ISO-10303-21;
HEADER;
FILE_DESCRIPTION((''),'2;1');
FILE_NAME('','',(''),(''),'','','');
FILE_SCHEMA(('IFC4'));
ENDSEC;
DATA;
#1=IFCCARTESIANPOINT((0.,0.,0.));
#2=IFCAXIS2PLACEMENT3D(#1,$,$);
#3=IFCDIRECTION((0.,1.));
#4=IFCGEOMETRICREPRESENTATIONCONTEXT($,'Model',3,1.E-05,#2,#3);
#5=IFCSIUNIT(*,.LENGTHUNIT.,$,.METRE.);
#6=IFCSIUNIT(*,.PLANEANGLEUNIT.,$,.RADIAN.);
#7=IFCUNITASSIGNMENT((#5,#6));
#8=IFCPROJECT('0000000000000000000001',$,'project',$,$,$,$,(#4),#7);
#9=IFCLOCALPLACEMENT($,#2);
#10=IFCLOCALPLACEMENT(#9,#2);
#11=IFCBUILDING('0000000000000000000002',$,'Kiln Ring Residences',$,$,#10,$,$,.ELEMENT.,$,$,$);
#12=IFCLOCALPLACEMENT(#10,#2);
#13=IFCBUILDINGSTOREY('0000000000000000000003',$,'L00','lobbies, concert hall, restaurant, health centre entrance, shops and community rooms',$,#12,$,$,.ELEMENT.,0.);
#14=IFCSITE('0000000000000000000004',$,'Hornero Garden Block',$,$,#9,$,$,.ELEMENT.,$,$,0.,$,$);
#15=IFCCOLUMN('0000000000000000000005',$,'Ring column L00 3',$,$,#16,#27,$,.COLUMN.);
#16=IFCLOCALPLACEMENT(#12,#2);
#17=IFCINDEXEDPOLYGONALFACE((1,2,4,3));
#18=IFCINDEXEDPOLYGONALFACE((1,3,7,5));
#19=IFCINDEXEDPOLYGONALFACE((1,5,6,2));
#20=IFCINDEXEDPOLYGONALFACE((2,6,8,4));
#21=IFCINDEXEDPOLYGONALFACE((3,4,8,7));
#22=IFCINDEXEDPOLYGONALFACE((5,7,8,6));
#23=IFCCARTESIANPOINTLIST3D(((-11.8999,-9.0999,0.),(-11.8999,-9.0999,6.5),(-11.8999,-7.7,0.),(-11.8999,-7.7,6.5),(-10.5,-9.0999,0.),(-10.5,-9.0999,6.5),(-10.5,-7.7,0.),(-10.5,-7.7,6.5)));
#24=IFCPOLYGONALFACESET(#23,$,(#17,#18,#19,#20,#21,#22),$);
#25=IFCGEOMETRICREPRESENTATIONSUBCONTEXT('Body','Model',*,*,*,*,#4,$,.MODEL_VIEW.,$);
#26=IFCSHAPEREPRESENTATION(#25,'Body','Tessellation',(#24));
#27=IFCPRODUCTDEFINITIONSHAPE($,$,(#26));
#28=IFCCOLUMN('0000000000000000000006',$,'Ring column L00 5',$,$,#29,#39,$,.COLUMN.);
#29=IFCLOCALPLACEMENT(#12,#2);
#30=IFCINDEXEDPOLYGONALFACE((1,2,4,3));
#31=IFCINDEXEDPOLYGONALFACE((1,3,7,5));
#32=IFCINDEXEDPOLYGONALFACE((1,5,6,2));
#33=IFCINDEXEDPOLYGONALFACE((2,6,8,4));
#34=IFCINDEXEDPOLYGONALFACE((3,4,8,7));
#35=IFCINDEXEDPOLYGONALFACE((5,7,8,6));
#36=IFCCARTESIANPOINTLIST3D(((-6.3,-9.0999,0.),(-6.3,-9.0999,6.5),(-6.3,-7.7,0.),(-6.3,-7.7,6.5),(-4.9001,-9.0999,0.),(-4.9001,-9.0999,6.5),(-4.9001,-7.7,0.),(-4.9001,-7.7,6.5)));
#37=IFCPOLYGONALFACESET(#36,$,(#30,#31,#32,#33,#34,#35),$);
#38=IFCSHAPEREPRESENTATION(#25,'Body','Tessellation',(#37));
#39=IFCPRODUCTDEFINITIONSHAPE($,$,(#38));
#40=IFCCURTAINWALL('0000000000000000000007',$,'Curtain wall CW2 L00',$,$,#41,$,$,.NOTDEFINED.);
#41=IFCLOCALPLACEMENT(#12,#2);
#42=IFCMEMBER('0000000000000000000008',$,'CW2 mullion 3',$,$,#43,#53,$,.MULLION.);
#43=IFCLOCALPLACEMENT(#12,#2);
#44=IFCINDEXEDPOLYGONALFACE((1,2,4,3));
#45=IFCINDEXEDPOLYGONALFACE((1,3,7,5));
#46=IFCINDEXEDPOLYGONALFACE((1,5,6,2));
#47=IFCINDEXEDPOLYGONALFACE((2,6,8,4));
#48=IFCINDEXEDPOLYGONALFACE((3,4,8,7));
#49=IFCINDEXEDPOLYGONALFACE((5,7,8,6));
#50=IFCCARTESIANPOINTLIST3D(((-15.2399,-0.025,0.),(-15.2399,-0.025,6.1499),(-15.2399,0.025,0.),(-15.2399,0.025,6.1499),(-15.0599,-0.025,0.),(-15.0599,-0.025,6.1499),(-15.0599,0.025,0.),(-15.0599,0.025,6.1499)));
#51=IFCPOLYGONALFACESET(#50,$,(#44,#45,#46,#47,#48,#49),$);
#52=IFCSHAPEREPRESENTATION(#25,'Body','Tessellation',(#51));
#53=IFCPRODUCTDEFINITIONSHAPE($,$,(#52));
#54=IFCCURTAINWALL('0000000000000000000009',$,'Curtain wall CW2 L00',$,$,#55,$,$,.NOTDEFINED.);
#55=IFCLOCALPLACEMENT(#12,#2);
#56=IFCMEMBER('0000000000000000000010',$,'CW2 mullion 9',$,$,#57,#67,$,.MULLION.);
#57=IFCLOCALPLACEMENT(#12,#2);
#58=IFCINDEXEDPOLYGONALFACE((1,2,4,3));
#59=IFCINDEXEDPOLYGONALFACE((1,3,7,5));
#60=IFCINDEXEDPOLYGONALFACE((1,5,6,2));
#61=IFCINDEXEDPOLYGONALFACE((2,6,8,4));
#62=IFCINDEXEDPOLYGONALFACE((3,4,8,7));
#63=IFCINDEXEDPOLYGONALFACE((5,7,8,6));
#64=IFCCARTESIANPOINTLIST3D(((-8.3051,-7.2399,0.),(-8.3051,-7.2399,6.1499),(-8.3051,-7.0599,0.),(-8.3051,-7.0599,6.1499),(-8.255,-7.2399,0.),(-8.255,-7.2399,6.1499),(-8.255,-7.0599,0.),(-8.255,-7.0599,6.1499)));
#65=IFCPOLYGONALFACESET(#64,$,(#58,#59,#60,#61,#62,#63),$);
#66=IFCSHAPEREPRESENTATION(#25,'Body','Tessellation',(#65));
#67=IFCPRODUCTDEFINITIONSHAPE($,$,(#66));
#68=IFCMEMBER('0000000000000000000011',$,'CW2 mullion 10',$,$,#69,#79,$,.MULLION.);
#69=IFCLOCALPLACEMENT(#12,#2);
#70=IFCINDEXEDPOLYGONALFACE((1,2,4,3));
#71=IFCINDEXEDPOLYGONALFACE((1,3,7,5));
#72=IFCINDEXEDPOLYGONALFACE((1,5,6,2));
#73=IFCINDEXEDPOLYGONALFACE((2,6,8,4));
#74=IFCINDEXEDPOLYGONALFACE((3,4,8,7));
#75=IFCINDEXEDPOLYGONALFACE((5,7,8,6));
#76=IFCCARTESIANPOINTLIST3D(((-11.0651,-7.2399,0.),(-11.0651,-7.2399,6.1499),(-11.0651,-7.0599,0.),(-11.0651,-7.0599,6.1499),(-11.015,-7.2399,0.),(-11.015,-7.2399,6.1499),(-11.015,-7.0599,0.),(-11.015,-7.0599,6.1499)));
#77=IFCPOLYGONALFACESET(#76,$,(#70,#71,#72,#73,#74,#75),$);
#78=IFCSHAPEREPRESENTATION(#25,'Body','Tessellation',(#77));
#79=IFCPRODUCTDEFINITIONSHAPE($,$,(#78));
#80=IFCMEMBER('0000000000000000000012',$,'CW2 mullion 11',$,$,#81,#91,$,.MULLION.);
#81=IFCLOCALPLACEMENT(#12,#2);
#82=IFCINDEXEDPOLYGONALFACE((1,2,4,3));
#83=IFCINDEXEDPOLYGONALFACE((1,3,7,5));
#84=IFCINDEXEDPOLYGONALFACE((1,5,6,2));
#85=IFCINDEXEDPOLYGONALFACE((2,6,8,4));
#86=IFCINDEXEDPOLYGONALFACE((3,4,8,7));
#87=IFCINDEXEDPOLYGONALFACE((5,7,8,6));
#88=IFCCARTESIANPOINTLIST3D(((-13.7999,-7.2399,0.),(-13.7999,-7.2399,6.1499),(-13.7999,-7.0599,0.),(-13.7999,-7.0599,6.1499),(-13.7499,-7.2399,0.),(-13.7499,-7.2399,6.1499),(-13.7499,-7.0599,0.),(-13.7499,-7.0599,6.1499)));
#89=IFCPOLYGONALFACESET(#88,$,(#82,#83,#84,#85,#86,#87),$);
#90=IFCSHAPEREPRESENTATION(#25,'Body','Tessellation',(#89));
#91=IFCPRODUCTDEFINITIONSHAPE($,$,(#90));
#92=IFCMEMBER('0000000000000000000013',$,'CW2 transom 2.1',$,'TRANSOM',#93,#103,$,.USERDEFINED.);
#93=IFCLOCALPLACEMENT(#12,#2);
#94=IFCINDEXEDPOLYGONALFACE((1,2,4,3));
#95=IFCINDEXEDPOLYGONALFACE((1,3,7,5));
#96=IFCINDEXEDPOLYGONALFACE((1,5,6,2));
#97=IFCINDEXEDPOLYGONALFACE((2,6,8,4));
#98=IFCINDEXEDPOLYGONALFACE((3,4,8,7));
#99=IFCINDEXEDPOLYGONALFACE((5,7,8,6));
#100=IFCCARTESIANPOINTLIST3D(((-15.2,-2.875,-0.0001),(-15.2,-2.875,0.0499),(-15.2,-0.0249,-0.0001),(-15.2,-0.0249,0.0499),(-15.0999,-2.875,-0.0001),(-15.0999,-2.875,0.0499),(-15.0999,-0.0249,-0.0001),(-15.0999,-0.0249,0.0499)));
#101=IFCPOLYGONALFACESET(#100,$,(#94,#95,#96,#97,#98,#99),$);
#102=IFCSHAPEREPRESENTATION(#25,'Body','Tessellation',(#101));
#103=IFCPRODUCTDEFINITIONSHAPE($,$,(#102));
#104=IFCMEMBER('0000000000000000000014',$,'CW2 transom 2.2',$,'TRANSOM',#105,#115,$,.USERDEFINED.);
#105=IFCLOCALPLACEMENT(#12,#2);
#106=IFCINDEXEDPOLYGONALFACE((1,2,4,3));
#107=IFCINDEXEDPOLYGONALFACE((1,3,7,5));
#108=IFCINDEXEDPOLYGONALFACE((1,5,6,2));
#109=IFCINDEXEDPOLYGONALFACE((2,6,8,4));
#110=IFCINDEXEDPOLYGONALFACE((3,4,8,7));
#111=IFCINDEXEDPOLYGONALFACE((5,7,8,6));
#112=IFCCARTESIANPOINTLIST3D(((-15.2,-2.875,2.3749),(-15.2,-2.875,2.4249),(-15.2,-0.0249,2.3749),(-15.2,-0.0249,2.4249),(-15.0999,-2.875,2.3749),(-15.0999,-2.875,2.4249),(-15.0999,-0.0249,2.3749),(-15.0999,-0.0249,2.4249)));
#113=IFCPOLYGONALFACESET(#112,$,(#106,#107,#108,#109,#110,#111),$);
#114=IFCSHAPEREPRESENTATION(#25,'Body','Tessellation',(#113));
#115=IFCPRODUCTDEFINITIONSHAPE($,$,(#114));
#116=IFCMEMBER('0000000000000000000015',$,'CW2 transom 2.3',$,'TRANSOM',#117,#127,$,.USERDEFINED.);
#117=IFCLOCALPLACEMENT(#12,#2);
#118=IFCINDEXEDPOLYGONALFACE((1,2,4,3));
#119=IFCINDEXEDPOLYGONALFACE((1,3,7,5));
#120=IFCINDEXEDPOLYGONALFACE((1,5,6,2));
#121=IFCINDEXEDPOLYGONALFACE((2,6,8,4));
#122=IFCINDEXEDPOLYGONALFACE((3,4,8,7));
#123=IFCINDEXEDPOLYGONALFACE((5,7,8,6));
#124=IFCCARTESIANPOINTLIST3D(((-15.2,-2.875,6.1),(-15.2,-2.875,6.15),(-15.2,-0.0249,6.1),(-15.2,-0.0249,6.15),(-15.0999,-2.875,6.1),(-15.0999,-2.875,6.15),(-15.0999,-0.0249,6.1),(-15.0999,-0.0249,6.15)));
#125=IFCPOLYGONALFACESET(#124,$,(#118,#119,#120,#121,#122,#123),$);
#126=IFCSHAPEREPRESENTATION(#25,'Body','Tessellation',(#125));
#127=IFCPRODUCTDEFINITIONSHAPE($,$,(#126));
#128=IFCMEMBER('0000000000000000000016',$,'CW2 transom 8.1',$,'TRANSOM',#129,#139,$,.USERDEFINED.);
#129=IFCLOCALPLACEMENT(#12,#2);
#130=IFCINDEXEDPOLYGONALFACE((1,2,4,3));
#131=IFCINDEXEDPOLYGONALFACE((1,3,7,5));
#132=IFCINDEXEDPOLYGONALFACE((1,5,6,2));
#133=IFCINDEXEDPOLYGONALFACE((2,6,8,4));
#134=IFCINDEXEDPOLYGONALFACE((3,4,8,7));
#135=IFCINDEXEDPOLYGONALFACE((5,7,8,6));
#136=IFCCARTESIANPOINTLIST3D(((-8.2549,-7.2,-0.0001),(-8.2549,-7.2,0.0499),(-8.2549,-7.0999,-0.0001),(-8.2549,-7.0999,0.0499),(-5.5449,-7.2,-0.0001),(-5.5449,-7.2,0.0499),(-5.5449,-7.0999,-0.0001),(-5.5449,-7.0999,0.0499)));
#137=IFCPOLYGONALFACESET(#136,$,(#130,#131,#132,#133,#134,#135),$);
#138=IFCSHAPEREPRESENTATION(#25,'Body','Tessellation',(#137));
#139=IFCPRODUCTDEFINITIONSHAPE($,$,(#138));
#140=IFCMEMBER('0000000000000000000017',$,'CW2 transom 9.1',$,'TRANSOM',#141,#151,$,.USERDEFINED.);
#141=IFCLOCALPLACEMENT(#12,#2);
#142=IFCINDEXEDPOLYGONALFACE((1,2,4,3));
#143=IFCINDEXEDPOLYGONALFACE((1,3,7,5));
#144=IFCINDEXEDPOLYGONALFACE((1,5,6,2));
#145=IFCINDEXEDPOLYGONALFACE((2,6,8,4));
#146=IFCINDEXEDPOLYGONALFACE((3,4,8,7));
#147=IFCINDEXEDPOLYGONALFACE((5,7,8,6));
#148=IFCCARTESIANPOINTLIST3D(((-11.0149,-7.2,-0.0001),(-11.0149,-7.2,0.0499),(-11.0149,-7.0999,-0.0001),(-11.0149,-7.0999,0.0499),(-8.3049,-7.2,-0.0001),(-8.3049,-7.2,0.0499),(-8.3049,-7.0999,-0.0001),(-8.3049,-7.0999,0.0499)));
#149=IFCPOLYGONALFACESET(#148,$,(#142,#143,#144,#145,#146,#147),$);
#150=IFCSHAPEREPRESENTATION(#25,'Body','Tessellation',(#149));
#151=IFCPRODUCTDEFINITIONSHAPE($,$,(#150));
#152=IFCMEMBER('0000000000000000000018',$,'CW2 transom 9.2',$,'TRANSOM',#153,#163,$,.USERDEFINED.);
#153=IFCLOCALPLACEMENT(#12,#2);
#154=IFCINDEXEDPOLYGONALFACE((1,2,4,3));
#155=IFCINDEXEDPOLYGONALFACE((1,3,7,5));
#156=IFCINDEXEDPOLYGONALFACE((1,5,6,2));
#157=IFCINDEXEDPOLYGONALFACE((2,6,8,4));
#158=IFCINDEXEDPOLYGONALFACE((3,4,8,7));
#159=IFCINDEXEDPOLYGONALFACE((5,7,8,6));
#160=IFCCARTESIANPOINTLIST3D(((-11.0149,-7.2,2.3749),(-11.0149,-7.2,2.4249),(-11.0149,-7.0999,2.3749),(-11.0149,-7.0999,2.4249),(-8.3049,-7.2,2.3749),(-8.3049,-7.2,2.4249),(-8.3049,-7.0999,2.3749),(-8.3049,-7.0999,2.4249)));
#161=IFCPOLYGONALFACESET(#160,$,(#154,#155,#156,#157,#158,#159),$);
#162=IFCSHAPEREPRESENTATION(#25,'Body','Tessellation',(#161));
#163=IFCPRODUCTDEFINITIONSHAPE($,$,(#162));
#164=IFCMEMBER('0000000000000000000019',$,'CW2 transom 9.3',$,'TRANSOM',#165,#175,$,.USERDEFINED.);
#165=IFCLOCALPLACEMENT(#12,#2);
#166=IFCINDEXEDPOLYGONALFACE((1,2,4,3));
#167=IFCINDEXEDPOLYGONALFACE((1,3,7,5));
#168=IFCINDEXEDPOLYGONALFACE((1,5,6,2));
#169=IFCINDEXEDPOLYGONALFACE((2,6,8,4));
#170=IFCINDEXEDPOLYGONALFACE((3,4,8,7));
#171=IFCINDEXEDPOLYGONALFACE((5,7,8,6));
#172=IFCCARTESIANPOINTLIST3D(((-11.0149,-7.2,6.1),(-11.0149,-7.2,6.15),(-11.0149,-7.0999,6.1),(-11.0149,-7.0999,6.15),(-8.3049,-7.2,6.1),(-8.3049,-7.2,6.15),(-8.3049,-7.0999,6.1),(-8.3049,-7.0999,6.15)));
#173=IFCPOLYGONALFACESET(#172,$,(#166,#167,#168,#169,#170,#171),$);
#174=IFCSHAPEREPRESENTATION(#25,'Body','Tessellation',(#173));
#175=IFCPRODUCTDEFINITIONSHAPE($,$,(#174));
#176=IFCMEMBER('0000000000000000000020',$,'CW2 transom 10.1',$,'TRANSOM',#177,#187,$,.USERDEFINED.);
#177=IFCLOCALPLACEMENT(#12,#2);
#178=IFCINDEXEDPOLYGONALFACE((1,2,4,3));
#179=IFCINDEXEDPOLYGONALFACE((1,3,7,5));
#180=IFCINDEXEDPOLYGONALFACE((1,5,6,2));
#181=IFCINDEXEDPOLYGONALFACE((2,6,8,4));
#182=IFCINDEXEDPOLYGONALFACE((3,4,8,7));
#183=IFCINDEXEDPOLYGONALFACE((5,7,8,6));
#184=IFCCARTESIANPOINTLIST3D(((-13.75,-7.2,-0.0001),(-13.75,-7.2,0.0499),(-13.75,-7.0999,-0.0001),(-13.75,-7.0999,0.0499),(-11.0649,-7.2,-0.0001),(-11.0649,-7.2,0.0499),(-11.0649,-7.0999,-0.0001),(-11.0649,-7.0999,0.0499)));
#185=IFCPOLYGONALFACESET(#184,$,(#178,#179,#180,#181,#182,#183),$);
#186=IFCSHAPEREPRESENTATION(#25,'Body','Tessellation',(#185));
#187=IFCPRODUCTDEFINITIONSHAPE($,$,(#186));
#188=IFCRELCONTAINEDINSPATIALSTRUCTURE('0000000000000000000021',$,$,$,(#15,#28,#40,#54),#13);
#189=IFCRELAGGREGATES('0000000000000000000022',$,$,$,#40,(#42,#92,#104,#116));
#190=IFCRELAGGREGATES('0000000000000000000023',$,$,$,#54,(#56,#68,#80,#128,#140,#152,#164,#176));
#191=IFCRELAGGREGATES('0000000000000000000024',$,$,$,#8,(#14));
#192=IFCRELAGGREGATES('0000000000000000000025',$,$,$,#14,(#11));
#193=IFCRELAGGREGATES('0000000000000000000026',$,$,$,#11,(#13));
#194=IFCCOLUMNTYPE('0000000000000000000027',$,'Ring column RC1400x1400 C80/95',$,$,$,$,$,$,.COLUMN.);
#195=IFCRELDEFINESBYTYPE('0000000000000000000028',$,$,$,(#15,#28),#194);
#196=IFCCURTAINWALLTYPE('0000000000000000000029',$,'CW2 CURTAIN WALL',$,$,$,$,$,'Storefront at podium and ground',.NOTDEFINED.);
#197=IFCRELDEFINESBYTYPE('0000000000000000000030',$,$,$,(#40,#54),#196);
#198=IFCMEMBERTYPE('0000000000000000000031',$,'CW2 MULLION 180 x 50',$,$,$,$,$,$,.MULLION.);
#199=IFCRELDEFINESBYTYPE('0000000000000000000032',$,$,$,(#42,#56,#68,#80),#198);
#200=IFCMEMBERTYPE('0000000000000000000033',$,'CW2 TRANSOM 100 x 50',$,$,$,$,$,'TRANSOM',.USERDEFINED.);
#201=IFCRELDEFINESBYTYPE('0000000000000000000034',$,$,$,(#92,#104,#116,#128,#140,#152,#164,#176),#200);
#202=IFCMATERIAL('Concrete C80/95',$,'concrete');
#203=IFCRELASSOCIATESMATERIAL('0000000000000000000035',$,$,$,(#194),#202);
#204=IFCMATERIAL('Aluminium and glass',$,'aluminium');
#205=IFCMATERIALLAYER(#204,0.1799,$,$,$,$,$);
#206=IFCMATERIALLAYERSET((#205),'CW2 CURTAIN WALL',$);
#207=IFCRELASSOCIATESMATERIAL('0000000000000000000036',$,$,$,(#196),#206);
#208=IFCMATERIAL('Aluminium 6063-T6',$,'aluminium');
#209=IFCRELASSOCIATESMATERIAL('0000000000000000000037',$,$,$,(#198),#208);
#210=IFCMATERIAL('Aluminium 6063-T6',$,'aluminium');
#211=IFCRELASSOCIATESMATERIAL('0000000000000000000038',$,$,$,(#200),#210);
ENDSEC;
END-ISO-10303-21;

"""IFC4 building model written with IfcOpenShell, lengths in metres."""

from ifc_helpers import new_model, si_unit, direction, frame, origin, origin_2d, place, context, subcontext, project, spatial, rectangle, extrude, material, layer, layer_set, material_profile, profile_set, type_object, element, aggregate, save


model = new_model("IFC4")

# Units and contexts
model_context = context("Model", 3, precision=1e-05, world=origin(), true_north=direction((0.0, 1.0)))
body_context = subcontext(model_context, "Body", "Model", "MODEL_VIEW")
ifc_project = project(units=[si_unit("LENGTHUNIT", "METRE"), si_unit("PLANEANGLEUNIT", "RADIAN")], contexts=[model_context])

# Site, building, storey
site_placement = place(None, origin())
site = spatial("IfcSite", under=ifc_project, at=site_placement, Name="Hornero Garden Block", CompositionType="ELEMENT", RefElevation=0.0)
building_placement = place(site_placement, origin())
building = spatial("IfcBuilding", under=site, at=building_placement, Name="Kiln Ring Residences", CompositionType="ELEMENT")
storey_placement = place(building_placement, origin())
storey = spatial("IfcBuildingStorey", under=building, at=storey_placement, Name="L00", Description="lobbies, concert hall, restaurant, health centre entrance, shops and community rooms", CompositionType="ELEMENT", Elevation=0.0)

# Columns
ifc_material_1 = material(Name="Concrete C80/95", Category="concrete")
ifc_material_profile_1 = material_profile(ifc_material_1, rectangle(XDim=1.3999, YDim=1.3999, at=origin_2d()), Name="RC1400x1400")
ifc_profile_set_1 = profile_set([ifc_material_profile_1], Name="Concrete C80/95")
column_type = type_object("IfcColumnType", Name="Ring column RC1400x1400 C80/95", PredefinedType="COLUMN", material=ifc_profile_set_1)
for number, where, z_axis, x_axis, name in (
    (1, (-11.2, -8.3999, 0.0), (0.0, 0.0, 1.0), (1.0, 0.0, 0.0), "Ring column L00 3"),
    (2, (-5.6001, -8.3999, 0.0), (0.0, 0.0, 1.0), (1.0, 0.0, 0.0), "Ring column L00 5"),
):
    element("IfcColumn", number, at=place(storey_placement, frame(where, z_axis=z_axis, x_axis=x_axis)), inside=storey, type_object=column_type, Name=name, PredefinedType="COLUMN", context=body_context, shape_type="SweptSolid", body=[
        extrude(rectangle(XDim=1.3999, YDim=1.3999, at=origin_2d()), origin(), (0.0, 0.0, 1.0), 6.5),
    ])

# Curtain wall, member
ifc_material_2 = material(Name="Aluminium and glass", Category="aluminium")
ifc_layer_1 = layer(ifc_material_2, 0.1799)
ifc_layer_set_1 = layer_set([ifc_layer_1], Name="CW2 CURTAIN WALL")
curtain_wall_type = type_object("IfcCurtainWallType", Name="CW2 CURTAIN WALL", ElementType="Storefront at podium and ground", PredefinedType="NOTDEFINED", material=ifc_layer_set_1)
placement = place(storey_placement, origin())
curtain_wall_1 = element("IfcCurtainWall", 3, at=placement, inside=storey, type_object=curtain_wall_type, Name="Curtain wall CW2 L00", PredefinedType="NOTDEFINED")
ifc_material_3 = material(Name="Aluminium 6063-T6", Category="aluminium")
ifc_material_profile_2 = material_profile(ifc_material_3, rectangle(XDim=0.1799, YDim=0.05, at=origin_2d()), Name="AL 180x50")
ifc_profile_set_2 = profile_set([ifc_material_profile_2], Name="Aluminium 6063-T6")
member_type_1 = type_object("IfcMemberType", Name="CW2 MULLION 180 x 50", PredefinedType="MULLION", material=ifc_profile_set_2)
member_1_placement = place(storey_placement, frame((-15.1499, 0.0, 0.0), z_axis=(0.0, 0.0, 1.0), x_axis=(-1.0, 0.0, 0.0)))
member_1 = element("IfcMember", 4, at=member_1_placement, type_object=member_type_1, Name="CW2 mullion 3", PredefinedType="MULLION", context=body_context, shape_type="SweptSolid", body=[
    extrude(rectangle(XDim=0.1799, YDim=0.05, at=origin_2d()), origin(), (0.0, 0.0, 1.0), 6.1499),
])

# Curtain wall, members
curtain_wall_2 = element("IfcCurtainWall", 5, at=placement, inside=storey, type_object=curtain_wall_type, Name="Curtain wall CW2 L00", PredefinedType="NOTDEFINED")
member_2_placement = place(storey_placement, frame((-8.28, -7.1499, 0.0), z_axis=(0.0, 0.0, 1.0), x_axis=(0.0, -1.0, 0.0)))
member_2 = element("IfcMember", 6, at=member_2_placement, type_object=member_type_1, Name="CW2 mullion 9", PredefinedType="MULLION", context=body_context, shape_type="SweptSolid", body=[
    extrude(rectangle(XDim=0.1799, YDim=0.05, at=origin_2d()), origin(), (0.0, 0.0, 1.0), 6.1499),
])
member_3_placement = place(storey_placement, frame((-11.04, -7.1499, 0.0), z_axis=(0.0, 0.0, 1.0), x_axis=(0.0, -1.0, 0.0)))
member_3 = element("IfcMember", 7, at=member_3_placement, type_object=member_type_1, Name="CW2 mullion 10", PredefinedType="MULLION", context=body_context, shape_type="SweptSolid", body=[
    extrude(rectangle(XDim=0.1799, YDim=0.05, at=origin_2d()), origin(), (0.0, 0.0, 1.0), 6.1499),
])
member_4_placement = place(storey_placement, frame((-13.7749, -7.1499, 0.0), z_axis=(0.0, 0.0, 1.0), x_axis=(0.0, -1.0, 0.0)))
member_4 = element("IfcMember", 8, at=member_4_placement, type_object=member_type_1, Name="CW2 mullion 11", PredefinedType="MULLION", context=body_context, shape_type="SweptSolid", body=[
    extrude(rectangle(XDim=0.1799, YDim=0.05, at=origin_2d()), origin(), (0.0, 0.0, 1.0), 6.1499),
])

# Members
ifc_material_4 = material(Name="Aluminium 6063-T6", Category="aluminium")
ifc_material_profile_3 = material_profile(ifc_material_4, rectangle(XDim=0.1001, YDim=0.05, at=origin_2d()), Name="AL 100x50")
ifc_profile_set_3 = profile_set([ifc_material_profile_3], Name="Aluminium 6063-T6")
member_type_2 = type_object("IfcMemberType", Name="CW2 TRANSOM 100 x 50", ElementType="TRANSOM", PredefinedType="USERDEFINED", material=ifc_profile_set_3)
member_5_placement = place(storey_placement, frame((-15.1499, -2.875, 0.0249), z_axis=(0.0, 1.0, 0.0), x_axis=(-1.0, 0.0, 0.0)))
member_5 = element("IfcMember", 9, at=member_5_placement, type_object=member_type_2, Name="CW2 transom 2.1", ObjectType="TRANSOM", PredefinedType="USERDEFINED", context=body_context, shape_type="SweptSolid", body=[
    extrude(rectangle(XDim=0.1001, YDim=0.05, at=origin_2d()), origin(), (0.0, 0.0, 1.0), 2.8501),
])
member_6_placement = place(storey_placement, frame((-15.1499, -2.875, 2.3999), z_axis=(0.0, 1.0, 0.0), x_axis=(-1.0, 0.0, 0.0)))
member_6 = element("IfcMember", 10, at=member_6_placement, type_object=member_type_2, Name="CW2 transom 2.2", ObjectType="TRANSOM", PredefinedType="USERDEFINED", context=body_context, shape_type="SweptSolid", body=[
    extrude(rectangle(XDim=0.1001, YDim=0.05, at=origin_2d()), origin(), (0.0, 0.0, 1.0), 2.8501),
])
member_7_placement = place(storey_placement, frame((-15.1499, -2.875, 6.125), z_axis=(0.0, 1.0, 0.0), x_axis=(-1.0, 0.0, 0.0)))
member_7 = element("IfcMember", 11, at=member_7_placement, type_object=member_type_2, Name="CW2 transom 2.3", ObjectType="TRANSOM", PredefinedType="USERDEFINED", context=body_context, shape_type="SweptSolid", body=[
    extrude(rectangle(XDim=0.1001, YDim=0.05, at=origin_2d()), origin(), (0.0, 0.0, 1.0), 2.8501),
])
member_8_placement = place(storey_placement, frame((-5.5449, -7.1499, 0.0249), z_axis=(-1.0, 0.0, 0.0), x_axis=(0.0, -1.0, 0.0)))
member_8 = element("IfcMember", 12, at=member_8_placement, type_object=member_type_2, Name="CW2 transom 8.1", ObjectType="TRANSOM", PredefinedType="USERDEFINED", context=body_context, shape_type="SweptSolid", body=[
    extrude(rectangle(XDim=0.1001, YDim=0.05, at=origin_2d()), origin(), (0.0, 0.0, 1.0), 2.71),
])
member_9_placement = place(storey_placement, frame((-8.3049, -7.1499, 0.0249), z_axis=(-1.0, 0.0, 0.0), x_axis=(0.0, -1.0, 0.0)))
member_9 = element("IfcMember", 13, at=member_9_placement, type_object=member_type_2, Name="CW2 transom 9.1", ObjectType="TRANSOM", PredefinedType="USERDEFINED", context=body_context, shape_type="SweptSolid", body=[
    extrude(rectangle(XDim=0.1001, YDim=0.05, at=origin_2d()), origin(), (0.0, 0.0, 1.0), 2.71),
])
member_10_placement = place(storey_placement, frame((-8.3049, -7.1499, 2.3999), z_axis=(-1.0, 0.0, 0.0), x_axis=(0.0, -1.0, 0.0)))
member_10 = element("IfcMember", 14, at=member_10_placement, type_object=member_type_2, Name="CW2 transom 9.2", ObjectType="TRANSOM", PredefinedType="USERDEFINED", context=body_context, shape_type="SweptSolid", body=[
    extrude(rectangle(XDim=0.1001, YDim=0.05, at=origin_2d()), origin(), (0.0, 0.0, 1.0), 2.71),
])
member_11_placement = place(storey_placement, frame((-8.3049, -7.1499, 6.125), z_axis=(-1.0, 0.0, 0.0), x_axis=(0.0, -1.0, 0.0)))
member_11 = element("IfcMember", 15, at=member_11_placement, type_object=member_type_2, Name="CW2 transom 9.3", ObjectType="TRANSOM", PredefinedType="USERDEFINED", context=body_context, shape_type="SweptSolid", body=[
    extrude(rectangle(XDim=0.1001, YDim=0.05, at=origin_2d()), origin(), (0.0, 0.0, 1.0), 2.71),
])
member_12_placement = place(storey_placement, frame((-11.0649, -7.1499, 0.0249), z_axis=(-1.0, 0.0, 0.0), x_axis=(0.0, -1.0, 0.0)))
member_12 = element("IfcMember", 16, at=member_12_placement, type_object=member_type_2, Name="CW2 transom 10.1", ObjectType="TRANSOM", PredefinedType="USERDEFINED", context=body_context, shape_type="SweptSolid", body=[
    extrude(rectangle(XDim=0.1001, YDim=0.05, at=origin_2d()), origin(), (0.0, 0.0, 1.0), 2.6851),
])

aggregate(curtain_wall_1, [member_1, member_5, member_6, member_7])
aggregate(curtain_wall_2, [member_2, member_3, member_4, member_8, member_9, member_10, member_11, member_12])

save(model, "model.ifc")
